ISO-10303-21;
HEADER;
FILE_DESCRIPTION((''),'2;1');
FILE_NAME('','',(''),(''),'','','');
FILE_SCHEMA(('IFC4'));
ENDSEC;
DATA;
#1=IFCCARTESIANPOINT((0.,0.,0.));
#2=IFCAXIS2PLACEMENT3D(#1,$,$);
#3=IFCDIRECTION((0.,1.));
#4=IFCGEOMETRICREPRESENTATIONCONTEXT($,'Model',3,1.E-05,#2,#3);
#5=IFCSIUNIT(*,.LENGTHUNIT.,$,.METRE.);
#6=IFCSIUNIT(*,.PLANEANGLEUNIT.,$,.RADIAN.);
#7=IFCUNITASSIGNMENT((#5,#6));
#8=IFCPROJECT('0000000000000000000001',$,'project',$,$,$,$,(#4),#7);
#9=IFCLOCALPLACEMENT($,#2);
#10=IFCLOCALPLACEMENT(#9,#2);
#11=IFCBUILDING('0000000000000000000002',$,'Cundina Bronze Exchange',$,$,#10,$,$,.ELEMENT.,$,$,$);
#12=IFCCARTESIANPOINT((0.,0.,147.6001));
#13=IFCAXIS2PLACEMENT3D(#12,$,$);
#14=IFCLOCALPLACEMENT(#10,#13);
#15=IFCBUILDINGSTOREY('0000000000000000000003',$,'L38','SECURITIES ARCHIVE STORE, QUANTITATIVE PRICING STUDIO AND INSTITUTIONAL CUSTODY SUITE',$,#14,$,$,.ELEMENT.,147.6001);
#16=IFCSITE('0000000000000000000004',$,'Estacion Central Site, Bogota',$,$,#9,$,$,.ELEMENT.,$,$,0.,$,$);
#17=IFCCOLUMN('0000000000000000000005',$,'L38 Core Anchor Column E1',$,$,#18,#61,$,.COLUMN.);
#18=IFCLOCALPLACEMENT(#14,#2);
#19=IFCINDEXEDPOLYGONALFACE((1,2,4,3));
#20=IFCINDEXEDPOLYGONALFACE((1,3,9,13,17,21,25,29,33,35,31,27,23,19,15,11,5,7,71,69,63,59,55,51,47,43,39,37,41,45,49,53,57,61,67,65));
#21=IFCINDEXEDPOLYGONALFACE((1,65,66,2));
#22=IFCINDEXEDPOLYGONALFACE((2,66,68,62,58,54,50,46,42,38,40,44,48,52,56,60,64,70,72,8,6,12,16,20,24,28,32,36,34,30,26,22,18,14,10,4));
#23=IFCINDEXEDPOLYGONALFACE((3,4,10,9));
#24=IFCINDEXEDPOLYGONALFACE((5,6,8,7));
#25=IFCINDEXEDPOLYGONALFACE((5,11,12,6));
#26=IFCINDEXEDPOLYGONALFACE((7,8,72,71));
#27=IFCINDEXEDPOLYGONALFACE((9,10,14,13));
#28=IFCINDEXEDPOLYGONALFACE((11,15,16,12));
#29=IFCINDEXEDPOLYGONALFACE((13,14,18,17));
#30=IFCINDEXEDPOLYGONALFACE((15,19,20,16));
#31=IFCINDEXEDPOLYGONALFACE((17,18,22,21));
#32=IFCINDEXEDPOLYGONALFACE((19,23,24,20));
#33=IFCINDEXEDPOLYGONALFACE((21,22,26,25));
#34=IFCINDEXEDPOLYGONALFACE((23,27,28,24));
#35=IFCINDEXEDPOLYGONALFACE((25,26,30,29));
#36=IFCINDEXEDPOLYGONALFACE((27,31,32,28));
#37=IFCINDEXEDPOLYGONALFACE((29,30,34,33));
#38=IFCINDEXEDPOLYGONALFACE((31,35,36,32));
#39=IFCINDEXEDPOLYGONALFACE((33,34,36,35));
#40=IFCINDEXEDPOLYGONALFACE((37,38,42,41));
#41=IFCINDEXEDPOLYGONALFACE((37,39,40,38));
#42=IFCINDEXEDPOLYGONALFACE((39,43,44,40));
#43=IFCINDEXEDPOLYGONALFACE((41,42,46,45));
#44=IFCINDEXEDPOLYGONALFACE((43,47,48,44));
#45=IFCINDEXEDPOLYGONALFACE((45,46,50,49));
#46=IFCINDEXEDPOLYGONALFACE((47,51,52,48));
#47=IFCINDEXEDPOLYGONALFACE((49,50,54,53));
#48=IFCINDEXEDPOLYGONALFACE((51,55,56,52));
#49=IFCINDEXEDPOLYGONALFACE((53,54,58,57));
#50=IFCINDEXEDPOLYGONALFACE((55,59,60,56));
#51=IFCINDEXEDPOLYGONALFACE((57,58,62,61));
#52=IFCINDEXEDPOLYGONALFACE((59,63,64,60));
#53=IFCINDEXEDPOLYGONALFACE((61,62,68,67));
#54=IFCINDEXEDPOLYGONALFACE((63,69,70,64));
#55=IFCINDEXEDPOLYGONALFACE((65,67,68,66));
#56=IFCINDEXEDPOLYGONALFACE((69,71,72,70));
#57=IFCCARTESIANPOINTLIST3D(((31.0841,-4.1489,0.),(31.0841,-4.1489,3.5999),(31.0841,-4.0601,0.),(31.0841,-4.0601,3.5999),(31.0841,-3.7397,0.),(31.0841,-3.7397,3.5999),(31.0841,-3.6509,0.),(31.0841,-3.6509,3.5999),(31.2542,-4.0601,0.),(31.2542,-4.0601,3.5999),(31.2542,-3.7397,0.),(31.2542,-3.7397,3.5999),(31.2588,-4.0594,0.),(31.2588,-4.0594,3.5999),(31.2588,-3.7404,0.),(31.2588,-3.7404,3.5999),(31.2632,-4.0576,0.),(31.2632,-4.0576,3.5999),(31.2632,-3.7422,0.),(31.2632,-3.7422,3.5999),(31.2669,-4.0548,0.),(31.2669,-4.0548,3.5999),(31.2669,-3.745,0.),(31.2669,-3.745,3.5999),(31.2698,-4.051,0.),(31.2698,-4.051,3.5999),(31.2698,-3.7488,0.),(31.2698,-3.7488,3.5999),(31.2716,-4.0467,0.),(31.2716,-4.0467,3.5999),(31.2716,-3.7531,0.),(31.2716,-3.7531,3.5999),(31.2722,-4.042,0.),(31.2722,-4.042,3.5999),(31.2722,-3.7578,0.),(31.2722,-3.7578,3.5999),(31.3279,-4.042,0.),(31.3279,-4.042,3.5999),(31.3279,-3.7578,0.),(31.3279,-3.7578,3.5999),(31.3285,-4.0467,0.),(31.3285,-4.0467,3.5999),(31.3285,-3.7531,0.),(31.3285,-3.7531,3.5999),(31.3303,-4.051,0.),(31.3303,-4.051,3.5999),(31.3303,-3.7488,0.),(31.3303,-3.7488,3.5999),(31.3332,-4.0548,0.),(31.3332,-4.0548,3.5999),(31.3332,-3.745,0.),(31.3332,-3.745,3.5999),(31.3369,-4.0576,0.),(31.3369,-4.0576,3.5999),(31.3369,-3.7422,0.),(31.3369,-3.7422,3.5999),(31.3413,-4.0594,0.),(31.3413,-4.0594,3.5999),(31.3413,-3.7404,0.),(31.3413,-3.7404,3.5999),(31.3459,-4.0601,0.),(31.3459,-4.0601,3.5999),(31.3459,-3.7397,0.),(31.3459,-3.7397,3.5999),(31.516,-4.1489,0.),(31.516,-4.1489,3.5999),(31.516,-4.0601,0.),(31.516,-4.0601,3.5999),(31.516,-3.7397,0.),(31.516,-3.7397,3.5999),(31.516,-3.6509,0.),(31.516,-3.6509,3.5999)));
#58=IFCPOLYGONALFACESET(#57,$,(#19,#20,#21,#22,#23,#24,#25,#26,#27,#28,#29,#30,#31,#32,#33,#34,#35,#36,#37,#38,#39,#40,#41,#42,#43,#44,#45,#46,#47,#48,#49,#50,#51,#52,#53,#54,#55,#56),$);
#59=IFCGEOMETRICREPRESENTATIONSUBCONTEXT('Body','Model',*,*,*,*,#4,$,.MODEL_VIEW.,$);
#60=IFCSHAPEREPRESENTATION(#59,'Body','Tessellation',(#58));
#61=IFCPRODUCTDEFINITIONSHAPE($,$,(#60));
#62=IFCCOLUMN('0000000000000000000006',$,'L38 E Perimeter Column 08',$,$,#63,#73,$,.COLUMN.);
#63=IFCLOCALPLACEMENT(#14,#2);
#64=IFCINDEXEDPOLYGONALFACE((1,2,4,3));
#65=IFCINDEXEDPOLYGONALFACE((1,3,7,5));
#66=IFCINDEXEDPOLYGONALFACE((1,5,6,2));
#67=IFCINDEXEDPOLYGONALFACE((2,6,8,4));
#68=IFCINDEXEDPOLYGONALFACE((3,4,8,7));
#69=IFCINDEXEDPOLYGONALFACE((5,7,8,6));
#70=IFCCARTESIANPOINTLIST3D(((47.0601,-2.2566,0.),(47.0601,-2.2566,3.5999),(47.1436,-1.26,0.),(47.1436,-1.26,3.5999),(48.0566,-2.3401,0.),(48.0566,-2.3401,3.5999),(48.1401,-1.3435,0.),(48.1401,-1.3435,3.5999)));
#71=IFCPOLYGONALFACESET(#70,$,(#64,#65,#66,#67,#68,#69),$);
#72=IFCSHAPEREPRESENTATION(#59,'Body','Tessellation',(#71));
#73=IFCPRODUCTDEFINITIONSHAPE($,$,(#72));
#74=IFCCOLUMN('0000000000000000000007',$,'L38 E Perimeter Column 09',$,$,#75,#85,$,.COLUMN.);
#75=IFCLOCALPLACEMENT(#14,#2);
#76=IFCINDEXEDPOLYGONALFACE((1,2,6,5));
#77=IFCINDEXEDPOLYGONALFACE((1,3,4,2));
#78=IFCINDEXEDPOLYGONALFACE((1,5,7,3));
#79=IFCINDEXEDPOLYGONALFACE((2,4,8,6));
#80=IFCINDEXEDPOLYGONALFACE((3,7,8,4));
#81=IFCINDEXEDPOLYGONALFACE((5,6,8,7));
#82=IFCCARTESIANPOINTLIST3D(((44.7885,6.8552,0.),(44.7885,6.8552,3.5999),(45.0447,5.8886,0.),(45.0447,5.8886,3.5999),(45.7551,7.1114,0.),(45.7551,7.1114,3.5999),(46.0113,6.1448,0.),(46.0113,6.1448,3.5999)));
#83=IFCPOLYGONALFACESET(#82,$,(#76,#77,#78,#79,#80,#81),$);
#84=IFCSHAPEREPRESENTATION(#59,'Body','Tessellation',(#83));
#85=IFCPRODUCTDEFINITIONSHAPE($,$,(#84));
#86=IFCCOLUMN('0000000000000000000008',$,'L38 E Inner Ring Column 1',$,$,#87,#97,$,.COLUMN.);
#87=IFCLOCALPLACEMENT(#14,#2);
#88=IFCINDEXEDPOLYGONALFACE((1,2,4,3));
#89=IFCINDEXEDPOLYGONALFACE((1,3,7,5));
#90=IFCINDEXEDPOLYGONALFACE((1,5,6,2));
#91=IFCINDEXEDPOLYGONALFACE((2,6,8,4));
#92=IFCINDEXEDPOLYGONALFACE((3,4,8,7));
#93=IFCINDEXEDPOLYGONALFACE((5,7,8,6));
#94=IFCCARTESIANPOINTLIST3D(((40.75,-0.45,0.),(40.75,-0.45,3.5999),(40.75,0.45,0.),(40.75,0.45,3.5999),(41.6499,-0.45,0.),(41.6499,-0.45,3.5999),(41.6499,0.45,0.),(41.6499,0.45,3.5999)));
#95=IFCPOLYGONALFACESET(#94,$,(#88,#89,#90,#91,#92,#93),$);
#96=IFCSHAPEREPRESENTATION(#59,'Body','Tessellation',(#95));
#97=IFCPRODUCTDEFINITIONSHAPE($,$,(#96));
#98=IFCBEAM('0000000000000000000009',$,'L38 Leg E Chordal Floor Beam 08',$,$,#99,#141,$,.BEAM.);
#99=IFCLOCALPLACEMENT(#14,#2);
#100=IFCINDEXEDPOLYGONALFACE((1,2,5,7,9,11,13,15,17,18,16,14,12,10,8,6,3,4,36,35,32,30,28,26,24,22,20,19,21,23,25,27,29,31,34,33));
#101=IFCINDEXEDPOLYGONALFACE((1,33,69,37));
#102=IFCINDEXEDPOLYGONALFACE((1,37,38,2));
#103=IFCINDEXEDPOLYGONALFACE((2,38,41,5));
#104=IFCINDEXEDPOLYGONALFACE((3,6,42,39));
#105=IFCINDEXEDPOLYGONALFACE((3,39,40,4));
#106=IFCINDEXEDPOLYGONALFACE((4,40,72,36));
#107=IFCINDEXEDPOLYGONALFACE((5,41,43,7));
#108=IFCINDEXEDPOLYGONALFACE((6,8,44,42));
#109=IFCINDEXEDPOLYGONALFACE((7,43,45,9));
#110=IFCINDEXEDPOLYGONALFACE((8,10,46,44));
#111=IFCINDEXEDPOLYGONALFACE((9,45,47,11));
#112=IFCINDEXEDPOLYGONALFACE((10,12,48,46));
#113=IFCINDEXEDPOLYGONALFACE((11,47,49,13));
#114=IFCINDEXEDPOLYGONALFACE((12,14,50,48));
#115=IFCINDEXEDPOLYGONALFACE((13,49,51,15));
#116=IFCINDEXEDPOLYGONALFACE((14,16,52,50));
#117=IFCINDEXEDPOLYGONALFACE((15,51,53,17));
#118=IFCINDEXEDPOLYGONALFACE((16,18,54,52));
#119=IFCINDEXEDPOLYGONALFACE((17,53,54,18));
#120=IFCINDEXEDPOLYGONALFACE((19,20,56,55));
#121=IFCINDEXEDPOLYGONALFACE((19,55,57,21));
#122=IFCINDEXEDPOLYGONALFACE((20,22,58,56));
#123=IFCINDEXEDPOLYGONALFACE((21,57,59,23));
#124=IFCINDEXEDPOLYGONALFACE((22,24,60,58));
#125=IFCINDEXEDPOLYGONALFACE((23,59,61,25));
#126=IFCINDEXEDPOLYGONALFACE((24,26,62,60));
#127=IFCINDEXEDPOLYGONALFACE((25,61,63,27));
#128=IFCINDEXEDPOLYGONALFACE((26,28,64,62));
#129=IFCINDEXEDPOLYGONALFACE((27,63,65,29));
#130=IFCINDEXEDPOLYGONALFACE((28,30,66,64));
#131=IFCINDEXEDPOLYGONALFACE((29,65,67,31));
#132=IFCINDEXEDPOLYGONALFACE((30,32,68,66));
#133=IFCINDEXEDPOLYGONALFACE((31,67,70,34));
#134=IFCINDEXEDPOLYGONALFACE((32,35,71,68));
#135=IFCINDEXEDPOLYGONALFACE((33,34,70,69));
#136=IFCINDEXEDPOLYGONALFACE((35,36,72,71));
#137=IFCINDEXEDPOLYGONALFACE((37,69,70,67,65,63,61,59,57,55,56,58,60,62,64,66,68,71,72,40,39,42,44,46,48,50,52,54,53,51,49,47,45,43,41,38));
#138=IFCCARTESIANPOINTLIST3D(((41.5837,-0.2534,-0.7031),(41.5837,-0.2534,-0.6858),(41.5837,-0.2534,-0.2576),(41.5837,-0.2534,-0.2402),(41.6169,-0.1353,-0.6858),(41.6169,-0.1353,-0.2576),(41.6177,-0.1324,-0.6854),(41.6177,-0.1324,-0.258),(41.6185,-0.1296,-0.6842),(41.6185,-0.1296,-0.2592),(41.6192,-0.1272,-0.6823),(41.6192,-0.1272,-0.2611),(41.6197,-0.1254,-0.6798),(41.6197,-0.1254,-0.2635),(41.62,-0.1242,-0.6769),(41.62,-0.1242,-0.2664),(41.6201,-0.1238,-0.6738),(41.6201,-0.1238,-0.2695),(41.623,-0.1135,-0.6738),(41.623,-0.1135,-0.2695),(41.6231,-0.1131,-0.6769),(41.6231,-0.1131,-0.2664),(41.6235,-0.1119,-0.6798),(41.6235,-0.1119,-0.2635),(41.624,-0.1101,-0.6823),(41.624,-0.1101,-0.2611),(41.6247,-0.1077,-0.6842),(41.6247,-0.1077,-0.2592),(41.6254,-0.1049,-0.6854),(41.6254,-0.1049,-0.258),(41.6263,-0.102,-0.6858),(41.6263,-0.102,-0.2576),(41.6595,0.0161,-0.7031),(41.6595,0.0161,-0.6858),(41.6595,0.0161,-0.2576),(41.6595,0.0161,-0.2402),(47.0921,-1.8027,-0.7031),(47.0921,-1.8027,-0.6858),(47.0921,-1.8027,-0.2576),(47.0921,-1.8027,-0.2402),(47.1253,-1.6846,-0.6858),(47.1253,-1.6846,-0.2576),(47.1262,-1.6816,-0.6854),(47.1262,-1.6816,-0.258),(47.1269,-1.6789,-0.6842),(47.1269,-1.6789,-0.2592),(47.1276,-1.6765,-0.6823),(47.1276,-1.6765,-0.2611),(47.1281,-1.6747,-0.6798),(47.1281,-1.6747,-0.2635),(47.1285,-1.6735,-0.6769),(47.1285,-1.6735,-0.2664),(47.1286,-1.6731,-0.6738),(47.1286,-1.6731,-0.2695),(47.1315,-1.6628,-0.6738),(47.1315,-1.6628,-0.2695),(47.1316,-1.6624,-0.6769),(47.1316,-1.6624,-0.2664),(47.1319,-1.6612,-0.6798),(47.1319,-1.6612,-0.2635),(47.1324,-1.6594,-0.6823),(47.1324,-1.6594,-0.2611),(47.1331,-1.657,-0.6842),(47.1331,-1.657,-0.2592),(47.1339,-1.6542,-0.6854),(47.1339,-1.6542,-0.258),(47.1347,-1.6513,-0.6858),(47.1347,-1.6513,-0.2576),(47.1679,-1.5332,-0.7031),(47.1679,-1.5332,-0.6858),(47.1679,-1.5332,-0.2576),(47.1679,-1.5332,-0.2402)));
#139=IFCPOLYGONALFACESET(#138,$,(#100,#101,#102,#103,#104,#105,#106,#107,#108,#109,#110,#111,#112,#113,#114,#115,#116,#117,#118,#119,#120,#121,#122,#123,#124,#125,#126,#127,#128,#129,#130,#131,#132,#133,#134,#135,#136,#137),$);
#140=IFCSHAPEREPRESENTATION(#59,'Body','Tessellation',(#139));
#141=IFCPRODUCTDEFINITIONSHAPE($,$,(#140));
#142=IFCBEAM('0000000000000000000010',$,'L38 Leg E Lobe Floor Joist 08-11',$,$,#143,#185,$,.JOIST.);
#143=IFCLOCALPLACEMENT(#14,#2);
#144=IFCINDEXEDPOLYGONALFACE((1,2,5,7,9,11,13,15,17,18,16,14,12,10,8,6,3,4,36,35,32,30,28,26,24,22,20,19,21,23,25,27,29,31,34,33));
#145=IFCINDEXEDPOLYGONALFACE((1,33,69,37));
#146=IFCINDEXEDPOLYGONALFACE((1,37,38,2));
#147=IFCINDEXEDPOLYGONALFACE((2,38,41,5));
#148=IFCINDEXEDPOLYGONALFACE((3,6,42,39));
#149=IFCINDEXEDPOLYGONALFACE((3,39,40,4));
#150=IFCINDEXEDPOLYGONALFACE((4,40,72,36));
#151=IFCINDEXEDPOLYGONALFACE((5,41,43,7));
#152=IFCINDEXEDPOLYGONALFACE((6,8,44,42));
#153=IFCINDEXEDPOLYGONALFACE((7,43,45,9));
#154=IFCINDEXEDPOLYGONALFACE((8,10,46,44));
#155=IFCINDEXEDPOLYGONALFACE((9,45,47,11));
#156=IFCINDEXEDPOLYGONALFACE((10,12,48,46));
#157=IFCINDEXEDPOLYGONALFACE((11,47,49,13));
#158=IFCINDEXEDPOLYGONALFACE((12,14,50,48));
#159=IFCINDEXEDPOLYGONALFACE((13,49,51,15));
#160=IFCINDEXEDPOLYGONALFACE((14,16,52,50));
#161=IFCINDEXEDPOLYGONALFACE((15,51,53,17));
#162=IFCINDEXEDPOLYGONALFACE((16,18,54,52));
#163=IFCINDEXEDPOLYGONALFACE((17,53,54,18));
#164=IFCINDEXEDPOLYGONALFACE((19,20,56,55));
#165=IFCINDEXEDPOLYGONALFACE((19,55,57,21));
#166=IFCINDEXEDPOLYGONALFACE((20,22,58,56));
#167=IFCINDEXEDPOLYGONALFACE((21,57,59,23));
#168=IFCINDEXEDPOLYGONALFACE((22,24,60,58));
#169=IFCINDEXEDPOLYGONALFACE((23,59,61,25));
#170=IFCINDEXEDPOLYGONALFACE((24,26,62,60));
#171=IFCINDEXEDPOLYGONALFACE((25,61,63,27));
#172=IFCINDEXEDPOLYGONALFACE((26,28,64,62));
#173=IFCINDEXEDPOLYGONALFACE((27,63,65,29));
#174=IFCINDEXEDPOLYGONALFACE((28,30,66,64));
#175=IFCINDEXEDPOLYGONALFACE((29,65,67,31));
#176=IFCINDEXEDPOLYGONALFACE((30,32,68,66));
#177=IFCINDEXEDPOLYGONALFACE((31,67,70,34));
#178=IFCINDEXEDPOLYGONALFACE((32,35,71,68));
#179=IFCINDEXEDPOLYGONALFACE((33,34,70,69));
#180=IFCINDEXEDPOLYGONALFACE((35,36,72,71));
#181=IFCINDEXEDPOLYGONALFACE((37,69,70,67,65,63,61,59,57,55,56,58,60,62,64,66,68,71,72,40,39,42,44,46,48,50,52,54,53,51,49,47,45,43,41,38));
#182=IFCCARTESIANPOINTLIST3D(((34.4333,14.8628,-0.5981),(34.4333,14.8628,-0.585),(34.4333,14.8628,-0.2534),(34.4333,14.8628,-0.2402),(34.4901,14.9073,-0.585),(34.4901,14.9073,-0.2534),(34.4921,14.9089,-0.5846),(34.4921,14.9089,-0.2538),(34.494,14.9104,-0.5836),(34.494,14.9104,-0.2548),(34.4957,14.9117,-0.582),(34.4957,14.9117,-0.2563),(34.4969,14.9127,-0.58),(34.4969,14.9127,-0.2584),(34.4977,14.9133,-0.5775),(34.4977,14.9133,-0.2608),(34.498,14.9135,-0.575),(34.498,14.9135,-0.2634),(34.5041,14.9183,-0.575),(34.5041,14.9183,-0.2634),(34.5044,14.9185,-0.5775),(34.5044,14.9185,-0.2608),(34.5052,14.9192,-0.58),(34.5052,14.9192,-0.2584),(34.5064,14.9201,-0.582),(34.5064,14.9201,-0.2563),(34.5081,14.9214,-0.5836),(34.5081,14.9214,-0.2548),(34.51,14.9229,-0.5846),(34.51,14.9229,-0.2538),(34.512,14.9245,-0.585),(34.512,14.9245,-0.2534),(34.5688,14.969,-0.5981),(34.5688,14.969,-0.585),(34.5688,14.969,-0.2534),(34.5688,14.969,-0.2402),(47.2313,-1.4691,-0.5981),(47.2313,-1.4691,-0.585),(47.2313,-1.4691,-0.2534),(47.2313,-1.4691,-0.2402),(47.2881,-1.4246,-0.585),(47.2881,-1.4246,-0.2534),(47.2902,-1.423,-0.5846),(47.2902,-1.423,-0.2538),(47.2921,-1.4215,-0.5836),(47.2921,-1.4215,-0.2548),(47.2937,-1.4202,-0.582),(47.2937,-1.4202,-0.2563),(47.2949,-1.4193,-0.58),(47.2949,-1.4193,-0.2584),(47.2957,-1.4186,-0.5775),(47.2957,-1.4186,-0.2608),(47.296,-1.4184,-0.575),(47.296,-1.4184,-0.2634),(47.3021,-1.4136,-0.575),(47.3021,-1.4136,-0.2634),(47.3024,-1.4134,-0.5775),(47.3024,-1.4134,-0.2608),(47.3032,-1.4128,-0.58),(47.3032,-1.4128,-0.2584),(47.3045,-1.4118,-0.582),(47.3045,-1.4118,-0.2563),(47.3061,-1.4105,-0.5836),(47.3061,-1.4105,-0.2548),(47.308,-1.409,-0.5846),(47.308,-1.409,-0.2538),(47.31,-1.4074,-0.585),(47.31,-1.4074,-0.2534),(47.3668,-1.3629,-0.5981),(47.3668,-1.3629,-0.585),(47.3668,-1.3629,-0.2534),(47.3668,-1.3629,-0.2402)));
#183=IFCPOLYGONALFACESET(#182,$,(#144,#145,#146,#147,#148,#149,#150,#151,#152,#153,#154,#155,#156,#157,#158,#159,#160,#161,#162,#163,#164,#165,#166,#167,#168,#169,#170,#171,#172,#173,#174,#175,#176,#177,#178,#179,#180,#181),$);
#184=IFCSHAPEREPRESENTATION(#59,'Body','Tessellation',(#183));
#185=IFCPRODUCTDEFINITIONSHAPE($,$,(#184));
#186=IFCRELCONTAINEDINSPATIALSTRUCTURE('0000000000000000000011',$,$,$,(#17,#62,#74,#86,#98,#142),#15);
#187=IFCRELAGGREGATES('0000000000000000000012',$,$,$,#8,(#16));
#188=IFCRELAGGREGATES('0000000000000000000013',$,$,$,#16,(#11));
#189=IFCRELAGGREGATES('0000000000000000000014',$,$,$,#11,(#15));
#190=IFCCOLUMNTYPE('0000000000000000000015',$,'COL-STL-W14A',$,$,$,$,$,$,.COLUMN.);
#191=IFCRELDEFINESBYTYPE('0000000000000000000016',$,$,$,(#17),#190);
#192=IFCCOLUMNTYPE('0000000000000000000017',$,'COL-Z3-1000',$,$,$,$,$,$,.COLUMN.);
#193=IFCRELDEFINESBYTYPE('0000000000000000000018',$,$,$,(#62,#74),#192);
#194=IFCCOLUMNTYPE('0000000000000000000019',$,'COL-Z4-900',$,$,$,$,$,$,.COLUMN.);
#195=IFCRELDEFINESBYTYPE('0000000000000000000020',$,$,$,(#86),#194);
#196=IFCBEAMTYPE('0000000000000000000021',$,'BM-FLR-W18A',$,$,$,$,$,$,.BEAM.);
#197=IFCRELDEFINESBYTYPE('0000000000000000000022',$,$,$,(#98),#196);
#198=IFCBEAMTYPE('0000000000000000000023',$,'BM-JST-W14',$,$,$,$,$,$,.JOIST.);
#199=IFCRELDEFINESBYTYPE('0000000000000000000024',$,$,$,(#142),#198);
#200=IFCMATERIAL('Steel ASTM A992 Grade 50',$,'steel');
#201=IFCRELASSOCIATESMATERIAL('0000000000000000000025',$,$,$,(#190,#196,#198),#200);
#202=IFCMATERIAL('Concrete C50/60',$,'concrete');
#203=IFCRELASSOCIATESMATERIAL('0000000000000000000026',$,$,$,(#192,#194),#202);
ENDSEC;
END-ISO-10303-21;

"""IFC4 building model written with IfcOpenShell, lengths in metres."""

from ifc_helpers import new_model, si_unit, direction, frame, origin, origin_2d, place, context, subcontext, project, spatial, rectangle, i_section, extrude, material, material_profile, profile_set, type_object, element, save


model = new_model("IFC4")

# Units and contexts
model_context = context("Model", 3, precision=1e-05, world=origin(), true_north=direction((0.0, 1.0)))
body_context = subcontext(model_context, "Body", "Model", "MODEL_VIEW")
ifc_project = project(units=[si_unit("LENGTHUNIT", "METRE"), si_unit("PLANEANGLEUNIT", "RADIAN")], contexts=[model_context])

# Site, building, storey
site_placement = place(None, origin())
site = spatial("IfcSite", under=ifc_project, at=site_placement, Name="Estacion Central Site, Bogota", CompositionType="ELEMENT", RefElevation=0.0)
building_placement = place(site_placement, origin())
building = spatial("IfcBuilding", under=site, at=building_placement, Name="Cundina Bronze Exchange", CompositionType="ELEMENT")
storey_placement = place(building_placement, frame((0.0, 0.0, 147.6001)))
storey = spatial("IfcBuildingStorey", under=building, at=storey_placement, Name="L38", Description="SECURITIES ARCHIVE STORE, QUANTITATIVE PRICING STUDIO AND INSTITUTIONAL CUSTODY SUITE", CompositionType="ELEMENT", Elevation=147.6001)

# Columns
ifc_material_1 = material(Name="Steel ASTM A992 Grade 50", Category="steel")
ifc_material_profile_1 = material_profile(ifc_material_1, i_section(OverallWidth=0.4319, OverallDepth=0.498, WebThickness=0.0557, FlangeThickness=0.0889, FilletRadius=0.0181, at=origin_2d()), Name="W14X500", Category="steel")
ifc_profile_set_1 = profile_set([ifc_material_profile_1], Name="Steel ASTM A992 Grade 50")
column_type_1 = type_object("IfcColumnType", Name="COL-STL-W14A", PredefinedType="COLUMN", material=ifc_profile_set_1)
column_1_placement = place(storey_placement, frame((31.3, -3.8999, 0.0), z_axis=(0.0, 0.0, 1.0), x_axis=(1.0, 0.0, 0.0)))
element("IfcColumn", 1, at=column_1_placement, inside=storey, type_object=column_type_1, Name="L38 Core Anchor Column E1", PredefinedType="COLUMN", context=body_context, shape_type="SweptSolid", body=[
    extrude(i_section(OverallWidth=0.4319, OverallDepth=0.498, WebThickness=0.0557, FlangeThickness=0.0889, FilletRadius=0.0181, at=origin_2d()), origin(), (0.0, 0.0, 1.0), 3.5999),
])
ifc_material_2 = material(Name="Concrete C50/60", Category="concrete")
ifc_material_profile_2 = material_profile(ifc_material_2, rectangle(XDim=1.0, YDim=1.0, at=origin_2d()), Name="RC1000X1000", Category="concrete")
ifc_profile_set_2 = profile_set([ifc_material_profile_2], Name="Concrete C50/60")
column_type_2 = type_object("IfcColumnType", Name="COL-Z3-1000", PredefinedType="COLUMN", material=ifc_profile_set_2)
for number, where, z_axis, x_axis, name in (
    (2, (47.6001, -1.8, 0.0), (0.0, 0.0, 1.0), (0.083504, 0.996507, 0.0), "L38 E Perimeter Column 08"),
    (3, (45.3999, 6.5, 0.0), (0.0, 0.0, 1.0), (-0.256289, 0.9666, 0.0), "L38 E Perimeter Column 09"),
):
    element("IfcColumn", number, at=place(storey_placement, frame(where, z_axis=z_axis, x_axis=x_axis)), inside=storey, type_object=column_type_2, Name=name, PredefinedType="COLUMN", context=body_context, shape_type="SweptSolid", body=[
        extrude(rectangle(XDim=1.0, YDim=1.0, at=origin_2d()), origin(), (0.0, 0.0, 1.0), 3.5999),
    ])
ifc_material_profile_3 = material_profile(ifc_material_2, rectangle(XDim=0.8999, YDim=0.8999, at=origin_2d()), Name="RC900X900", Category="concrete")
ifc_profile_set_3 = profile_set([ifc_material_profile_3], Name="Concrete C50/60")
column_type_3 = type_object("IfcColumnType", Name="COL-Z4-900", PredefinedType="COLUMN", material=ifc_profile_set_3)
column_2_placement = place(storey_placement, frame((41.2, 0.0, 0.0), z_axis=(0.0, 0.0, 1.0), x_axis=(1.0, 0.0, 0.0)))
element("IfcColumn", 4, at=column_2_placement, inside=storey, type_object=column_type_3, Name="L38 E Inner Ring Column 1", PredefinedType="COLUMN", context=body_context, shape_type="SweptSolid", body=[
    extrude(rectangle(XDim=0.8999, YDim=0.8999, at=origin_2d()), origin(), (0.0, 0.0, 1.0), 3.5999),
])

# Beams
ifc_material_profile_4 = material_profile(ifc_material_1, i_section(OverallWidth=0.28, OverallDepth=0.4629, WebThickness=0.0107, FlangeThickness=0.0173, FilletRadius=0.012, at=origin_2d()), Name="W18X76", Category="steel")
ifc_profile_set_4 = profile_set([ifc_material_profile_4], Name="Steel ASTM A992 Grade 50")
beam_type_1 = type_object("IfcBeamType", Name="BM-FLR-W18A", PredefinedType="BEAM", material=ifc_profile_set_4)
beam_1_placement = place(storey_placement, frame((41.6216, -0.1187, -0.4717), z_axis=(0.962649, -0.270752, 0.0), x_axis=(0.270752, 0.962649, 0.0)))
element("IfcBeam", 5, at=beam_1_placement, inside=storey, type_object=beam_type_1, Name="L38 Leg E Chordal Floor Beam 08", PredefinedType="BEAM", context=body_context, shape_type="SweptSolid", body=[
    extrude(i_section(OverallWidth=0.28, OverallDepth=0.4629, WebThickness=0.0107, FlangeThickness=0.0173, FilletRadius=0.012, at=origin_2d()), origin(), (0.0, 0.0, 1.0), 5.7222),
])
ifc_material_profile_5 = material_profile(ifc_material_1, i_section(OverallWidth=0.1721, OverallDepth=0.3579, WebThickness=0.0078, FlangeThickness=0.0132, FilletRadius=0.01, at=origin_2d()), Name="W14X38", Category="steel")
ifc_profile_set_5 = profile_set([ifc_material_profile_5], Name="Steel ASTM A992 Grade 50")
beam_type_2 = type_object("IfcBeamType", Name="BM-JST-W14", PredefinedType="JOIST", material=ifc_profile_set_5)
beam_2_placement = place(storey_placement, frame((47.2991, -1.416, -0.4192), z_axis=(-0.616801, 0.787119, 0.0), x_axis=(-0.787119, -0.616801, 0.0)))
element("IfcBeam", 6, at=beam_2_placement, inside=storey, type_object=beam_type_2, Name="L38 Leg E Lobe Floor Joist 08-11", PredefinedType="JOIST", context=body_context, shape_type="SweptSolid", body=[
    extrude(i_section(OverallWidth=0.1721, OverallDepth=0.3579, WebThickness=0.0078, FlangeThickness=0.0132, FilletRadius=0.01, at=origin_2d()), origin(), (0.0, 0.0, 1.0), 20.749),
])

save(model, "model.ifc")
